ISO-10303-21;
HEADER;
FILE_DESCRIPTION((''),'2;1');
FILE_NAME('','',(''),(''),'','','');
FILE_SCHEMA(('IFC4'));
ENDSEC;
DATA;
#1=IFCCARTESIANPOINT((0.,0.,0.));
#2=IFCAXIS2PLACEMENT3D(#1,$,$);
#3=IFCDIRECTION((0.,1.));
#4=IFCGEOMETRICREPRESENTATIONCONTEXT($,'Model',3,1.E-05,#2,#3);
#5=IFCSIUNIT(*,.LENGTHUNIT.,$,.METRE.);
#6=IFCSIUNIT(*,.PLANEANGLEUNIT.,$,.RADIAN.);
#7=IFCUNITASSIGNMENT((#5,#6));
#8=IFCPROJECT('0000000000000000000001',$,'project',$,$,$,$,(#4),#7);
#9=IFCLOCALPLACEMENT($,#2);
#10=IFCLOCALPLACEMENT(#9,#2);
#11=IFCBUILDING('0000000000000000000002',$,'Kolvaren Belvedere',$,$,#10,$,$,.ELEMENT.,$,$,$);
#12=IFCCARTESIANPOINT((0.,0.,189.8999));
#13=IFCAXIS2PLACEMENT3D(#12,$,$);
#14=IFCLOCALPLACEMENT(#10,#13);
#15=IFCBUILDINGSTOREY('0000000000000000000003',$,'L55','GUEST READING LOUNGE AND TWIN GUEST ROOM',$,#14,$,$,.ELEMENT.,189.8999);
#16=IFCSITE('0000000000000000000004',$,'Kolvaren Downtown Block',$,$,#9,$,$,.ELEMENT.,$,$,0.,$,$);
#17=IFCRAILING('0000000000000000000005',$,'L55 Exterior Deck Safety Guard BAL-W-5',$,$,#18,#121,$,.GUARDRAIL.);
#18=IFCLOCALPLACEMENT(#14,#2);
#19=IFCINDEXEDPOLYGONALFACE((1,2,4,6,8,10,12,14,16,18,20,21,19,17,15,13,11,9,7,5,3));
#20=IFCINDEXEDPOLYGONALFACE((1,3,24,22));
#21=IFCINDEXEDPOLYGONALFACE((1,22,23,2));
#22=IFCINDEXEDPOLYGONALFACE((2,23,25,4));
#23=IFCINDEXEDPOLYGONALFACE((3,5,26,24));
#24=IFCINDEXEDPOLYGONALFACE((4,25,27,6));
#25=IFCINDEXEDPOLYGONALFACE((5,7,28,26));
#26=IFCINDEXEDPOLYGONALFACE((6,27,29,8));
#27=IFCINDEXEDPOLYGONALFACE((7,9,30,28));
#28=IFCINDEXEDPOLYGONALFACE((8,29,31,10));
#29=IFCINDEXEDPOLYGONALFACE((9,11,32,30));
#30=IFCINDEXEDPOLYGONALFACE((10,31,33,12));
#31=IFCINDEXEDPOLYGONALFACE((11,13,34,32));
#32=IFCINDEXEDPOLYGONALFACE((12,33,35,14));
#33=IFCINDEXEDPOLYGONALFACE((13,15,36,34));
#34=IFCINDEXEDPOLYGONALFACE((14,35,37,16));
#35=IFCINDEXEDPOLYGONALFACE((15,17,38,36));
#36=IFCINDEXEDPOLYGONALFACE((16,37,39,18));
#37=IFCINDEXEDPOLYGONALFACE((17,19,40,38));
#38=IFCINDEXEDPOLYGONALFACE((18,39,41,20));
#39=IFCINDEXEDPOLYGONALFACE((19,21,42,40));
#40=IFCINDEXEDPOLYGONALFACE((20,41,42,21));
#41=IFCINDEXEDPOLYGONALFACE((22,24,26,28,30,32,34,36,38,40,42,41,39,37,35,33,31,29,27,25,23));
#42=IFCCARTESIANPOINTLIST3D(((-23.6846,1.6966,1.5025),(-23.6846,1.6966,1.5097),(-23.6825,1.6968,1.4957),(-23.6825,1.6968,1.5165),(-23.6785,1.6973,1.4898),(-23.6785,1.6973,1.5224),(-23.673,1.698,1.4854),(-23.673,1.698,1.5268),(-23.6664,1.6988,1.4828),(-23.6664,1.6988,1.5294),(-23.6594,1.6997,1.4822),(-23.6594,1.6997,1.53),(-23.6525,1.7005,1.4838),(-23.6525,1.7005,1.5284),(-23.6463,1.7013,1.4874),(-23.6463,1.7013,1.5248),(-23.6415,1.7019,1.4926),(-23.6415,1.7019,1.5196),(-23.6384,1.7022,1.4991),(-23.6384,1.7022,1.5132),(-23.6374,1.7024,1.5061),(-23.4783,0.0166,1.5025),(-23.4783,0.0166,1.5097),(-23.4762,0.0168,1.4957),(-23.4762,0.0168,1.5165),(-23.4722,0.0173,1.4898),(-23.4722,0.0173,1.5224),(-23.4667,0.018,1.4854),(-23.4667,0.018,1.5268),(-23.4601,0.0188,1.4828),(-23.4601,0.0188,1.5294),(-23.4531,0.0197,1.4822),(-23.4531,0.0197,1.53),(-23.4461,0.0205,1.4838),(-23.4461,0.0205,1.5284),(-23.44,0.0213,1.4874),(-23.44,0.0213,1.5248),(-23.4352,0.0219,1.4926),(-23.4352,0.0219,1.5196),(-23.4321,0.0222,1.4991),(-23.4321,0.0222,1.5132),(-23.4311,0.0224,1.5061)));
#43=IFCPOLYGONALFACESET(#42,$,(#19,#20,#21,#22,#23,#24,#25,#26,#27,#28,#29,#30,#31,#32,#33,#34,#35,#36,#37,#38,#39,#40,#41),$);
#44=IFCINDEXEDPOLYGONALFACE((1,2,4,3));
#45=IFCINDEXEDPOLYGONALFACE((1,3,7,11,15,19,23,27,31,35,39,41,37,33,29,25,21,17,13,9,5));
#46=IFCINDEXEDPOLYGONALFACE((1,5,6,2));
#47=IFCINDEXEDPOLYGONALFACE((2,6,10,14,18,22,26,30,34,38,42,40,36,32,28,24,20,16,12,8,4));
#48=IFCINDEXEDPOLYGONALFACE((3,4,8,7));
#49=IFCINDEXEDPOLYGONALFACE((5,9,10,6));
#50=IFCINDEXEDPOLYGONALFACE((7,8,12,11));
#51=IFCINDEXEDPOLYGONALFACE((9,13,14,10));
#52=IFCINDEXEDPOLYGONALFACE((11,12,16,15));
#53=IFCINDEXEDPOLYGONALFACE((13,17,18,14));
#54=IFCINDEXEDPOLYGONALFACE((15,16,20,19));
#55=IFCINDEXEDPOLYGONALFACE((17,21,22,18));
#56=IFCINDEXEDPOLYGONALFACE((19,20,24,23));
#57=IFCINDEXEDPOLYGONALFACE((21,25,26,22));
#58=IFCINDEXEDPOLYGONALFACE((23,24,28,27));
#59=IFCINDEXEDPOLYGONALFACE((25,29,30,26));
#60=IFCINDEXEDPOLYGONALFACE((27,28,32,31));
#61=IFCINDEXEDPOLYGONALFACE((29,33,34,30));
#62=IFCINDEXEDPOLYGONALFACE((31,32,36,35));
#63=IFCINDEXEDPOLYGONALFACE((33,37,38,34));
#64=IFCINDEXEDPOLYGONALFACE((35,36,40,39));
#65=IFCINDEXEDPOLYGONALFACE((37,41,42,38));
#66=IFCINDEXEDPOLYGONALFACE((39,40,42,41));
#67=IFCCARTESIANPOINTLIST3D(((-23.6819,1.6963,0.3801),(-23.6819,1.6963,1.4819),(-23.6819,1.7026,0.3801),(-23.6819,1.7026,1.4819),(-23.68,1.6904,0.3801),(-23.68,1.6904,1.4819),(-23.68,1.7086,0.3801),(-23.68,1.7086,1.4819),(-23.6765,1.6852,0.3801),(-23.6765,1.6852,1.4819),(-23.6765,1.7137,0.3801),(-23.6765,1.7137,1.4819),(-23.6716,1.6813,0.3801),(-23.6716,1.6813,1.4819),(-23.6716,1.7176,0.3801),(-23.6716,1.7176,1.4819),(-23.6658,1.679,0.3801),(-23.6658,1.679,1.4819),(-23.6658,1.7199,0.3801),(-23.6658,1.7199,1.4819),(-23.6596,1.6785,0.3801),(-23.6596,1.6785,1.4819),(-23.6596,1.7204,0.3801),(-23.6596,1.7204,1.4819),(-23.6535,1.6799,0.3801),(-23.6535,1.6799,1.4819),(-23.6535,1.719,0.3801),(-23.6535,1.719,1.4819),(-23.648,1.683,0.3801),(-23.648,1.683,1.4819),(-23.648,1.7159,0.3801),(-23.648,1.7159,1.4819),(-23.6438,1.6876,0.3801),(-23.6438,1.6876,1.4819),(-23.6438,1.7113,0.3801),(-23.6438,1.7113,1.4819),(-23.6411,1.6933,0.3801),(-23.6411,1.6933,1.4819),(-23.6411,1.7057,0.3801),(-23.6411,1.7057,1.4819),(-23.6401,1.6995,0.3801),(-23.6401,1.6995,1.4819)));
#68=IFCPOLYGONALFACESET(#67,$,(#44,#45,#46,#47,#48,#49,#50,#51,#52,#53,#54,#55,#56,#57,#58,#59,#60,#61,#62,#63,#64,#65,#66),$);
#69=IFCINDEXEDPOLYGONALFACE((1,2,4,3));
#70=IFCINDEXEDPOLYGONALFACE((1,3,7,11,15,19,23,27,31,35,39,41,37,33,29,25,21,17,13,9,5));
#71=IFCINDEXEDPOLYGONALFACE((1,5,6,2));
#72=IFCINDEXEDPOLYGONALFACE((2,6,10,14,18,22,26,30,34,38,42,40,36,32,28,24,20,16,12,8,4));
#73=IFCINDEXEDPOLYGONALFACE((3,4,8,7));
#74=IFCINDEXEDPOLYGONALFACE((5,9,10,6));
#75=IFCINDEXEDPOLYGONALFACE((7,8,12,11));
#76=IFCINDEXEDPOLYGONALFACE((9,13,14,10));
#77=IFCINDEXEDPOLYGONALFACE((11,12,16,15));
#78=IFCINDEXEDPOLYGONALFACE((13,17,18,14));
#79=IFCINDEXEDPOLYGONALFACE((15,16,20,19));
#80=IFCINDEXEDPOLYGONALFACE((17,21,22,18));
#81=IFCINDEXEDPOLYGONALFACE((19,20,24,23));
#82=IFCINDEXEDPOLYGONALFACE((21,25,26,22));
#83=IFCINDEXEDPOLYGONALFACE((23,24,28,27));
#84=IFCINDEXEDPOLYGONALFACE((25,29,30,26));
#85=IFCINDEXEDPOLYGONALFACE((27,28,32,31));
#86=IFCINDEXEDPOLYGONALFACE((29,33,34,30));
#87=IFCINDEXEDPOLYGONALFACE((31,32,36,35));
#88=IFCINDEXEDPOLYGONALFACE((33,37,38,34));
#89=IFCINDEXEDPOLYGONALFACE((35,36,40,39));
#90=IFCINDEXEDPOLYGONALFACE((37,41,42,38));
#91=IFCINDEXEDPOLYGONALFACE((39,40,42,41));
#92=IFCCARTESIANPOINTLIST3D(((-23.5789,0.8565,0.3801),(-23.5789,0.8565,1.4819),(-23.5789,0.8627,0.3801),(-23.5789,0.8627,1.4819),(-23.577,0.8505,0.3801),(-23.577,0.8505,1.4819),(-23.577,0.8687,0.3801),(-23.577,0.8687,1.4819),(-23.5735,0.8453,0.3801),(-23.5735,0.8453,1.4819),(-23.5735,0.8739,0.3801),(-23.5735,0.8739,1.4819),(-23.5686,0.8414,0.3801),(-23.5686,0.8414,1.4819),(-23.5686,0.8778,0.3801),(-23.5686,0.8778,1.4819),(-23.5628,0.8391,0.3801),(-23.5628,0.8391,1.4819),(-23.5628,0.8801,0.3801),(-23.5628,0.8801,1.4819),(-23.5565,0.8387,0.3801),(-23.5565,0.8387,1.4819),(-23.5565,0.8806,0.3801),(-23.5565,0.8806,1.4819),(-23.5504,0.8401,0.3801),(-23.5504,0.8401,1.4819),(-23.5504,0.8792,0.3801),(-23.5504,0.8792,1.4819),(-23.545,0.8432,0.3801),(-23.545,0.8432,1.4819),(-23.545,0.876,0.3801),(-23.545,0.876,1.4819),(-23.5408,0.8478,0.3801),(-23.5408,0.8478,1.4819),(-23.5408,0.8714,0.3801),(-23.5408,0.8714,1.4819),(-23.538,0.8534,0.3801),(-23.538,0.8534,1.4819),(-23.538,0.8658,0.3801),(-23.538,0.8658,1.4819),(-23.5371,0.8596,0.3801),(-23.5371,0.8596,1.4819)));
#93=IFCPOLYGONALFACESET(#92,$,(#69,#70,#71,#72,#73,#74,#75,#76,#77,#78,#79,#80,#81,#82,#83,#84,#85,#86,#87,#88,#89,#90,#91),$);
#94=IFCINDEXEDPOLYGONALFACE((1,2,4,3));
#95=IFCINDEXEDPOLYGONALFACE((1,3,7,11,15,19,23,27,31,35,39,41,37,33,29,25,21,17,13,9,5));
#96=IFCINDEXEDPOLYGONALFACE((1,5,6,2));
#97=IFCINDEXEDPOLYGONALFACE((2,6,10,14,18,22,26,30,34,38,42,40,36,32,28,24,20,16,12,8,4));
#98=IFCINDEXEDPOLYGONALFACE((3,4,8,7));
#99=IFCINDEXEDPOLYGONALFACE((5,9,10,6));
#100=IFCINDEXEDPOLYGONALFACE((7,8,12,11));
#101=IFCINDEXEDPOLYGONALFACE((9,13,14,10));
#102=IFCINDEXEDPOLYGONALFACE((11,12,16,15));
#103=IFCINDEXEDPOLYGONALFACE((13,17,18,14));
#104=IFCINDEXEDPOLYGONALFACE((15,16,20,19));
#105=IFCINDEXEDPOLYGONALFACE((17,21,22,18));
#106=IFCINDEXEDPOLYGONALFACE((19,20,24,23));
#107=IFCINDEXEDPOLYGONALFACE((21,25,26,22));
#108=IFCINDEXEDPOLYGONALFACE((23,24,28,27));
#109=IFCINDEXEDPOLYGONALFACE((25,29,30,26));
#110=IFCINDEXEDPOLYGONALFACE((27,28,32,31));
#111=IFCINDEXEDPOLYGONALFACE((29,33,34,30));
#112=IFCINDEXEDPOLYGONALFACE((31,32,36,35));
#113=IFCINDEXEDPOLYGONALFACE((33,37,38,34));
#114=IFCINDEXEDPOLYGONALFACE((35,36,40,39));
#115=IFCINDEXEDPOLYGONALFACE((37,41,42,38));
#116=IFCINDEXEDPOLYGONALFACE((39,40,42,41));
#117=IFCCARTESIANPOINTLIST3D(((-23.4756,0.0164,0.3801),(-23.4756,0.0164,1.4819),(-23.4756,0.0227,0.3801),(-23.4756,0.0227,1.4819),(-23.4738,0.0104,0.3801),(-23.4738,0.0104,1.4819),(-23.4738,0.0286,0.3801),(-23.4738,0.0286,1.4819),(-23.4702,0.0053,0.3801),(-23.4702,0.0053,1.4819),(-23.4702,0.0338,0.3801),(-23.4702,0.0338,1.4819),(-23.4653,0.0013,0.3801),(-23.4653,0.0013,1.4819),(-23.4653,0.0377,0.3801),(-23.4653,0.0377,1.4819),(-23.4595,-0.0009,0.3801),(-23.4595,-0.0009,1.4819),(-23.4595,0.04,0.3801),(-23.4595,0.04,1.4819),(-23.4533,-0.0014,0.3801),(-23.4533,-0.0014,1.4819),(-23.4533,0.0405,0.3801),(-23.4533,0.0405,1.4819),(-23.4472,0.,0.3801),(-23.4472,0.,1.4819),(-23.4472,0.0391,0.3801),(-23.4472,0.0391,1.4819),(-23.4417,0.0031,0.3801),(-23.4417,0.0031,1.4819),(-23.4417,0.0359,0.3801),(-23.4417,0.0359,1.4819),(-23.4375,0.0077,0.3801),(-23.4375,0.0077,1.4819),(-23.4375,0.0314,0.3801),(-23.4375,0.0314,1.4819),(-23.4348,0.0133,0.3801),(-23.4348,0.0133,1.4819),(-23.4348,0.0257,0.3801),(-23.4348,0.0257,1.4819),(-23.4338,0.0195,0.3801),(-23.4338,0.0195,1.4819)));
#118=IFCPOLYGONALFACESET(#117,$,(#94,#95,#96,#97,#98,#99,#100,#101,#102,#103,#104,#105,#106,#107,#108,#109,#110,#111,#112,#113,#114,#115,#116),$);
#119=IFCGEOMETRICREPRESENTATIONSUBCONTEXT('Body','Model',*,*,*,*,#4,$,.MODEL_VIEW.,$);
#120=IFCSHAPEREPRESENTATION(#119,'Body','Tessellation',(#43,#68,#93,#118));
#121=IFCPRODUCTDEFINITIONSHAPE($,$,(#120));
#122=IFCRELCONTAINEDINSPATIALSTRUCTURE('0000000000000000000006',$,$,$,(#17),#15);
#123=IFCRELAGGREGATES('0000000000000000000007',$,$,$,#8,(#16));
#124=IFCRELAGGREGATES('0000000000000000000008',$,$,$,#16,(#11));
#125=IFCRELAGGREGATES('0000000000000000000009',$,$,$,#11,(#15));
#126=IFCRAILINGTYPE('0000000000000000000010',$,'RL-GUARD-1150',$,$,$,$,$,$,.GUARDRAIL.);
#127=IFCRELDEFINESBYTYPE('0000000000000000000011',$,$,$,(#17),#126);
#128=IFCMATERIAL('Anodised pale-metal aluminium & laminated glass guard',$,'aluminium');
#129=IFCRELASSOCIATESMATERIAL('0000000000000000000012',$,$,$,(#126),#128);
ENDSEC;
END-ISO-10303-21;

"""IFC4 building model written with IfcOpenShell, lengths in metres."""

from ifc_helpers import new_model, si_unit, direction, frame, origin, origin_2d, place, context, subcontext, project, spatial, circle, extrude, material, type_object, element, save


model = new_model("IFC4")

# Units and contexts
model_context = context("Model", 3, precision=1e-05, world=origin(), true_north=direction((0.0, 1.0)))
body_context = subcontext(model_context, "Body", "Model", "MODEL_VIEW")
ifc_project = project(units=[si_unit("LENGTHUNIT", "METRE"), si_unit("PLANEANGLEUNIT", "RADIAN")], contexts=[model_context])

# Site, building, storey
site_placement = place(None, origin())
site = spatial("IfcSite", under=ifc_project, at=site_placement, Name="Kolvaren Downtown Block", CompositionType="ELEMENT", RefElevation=0.0)
building_placement = place(site_placement, origin())
building = spatial("IfcBuilding", under=site, at=building_placement, Name="Kolvaren Belvedere", CompositionType="ELEMENT")
storey_placement = place(building_placement, frame((0.0, 0.0, 189.8999)))
storey = spatial("IfcBuildingStorey", under=building, at=storey_placement, Name="L55", Description="GUEST READING LOUNGE AND TWIN GUEST ROOM", CompositionType="ELEMENT", Elevation=189.8999)

# Railing
ifc_material_1 = material(Name="Anodised pale-metal aluminium & laminated glass guard", Category="aluminium")
railing_type = type_object("IfcRailingType", Name="RL-GUARD-1150", PredefinedType="GUARDRAIL", material=ifc_material_1)
railing_1_placement = place(storey_placement, frame((-23.6611, 1.6995, 0.3801)))
element("IfcRailing", 1, at=railing_1_placement, inside=storey, type_object=railing_type, Name="L55 Exterior Deck Safety Guard BAL-W-5", PredefinedType="GUARDRAIL", context=body_context, shape_type="SweptSolid", body=[
    extrude(circle(Radius=0.0239, at=origin_2d()), frame((0.0, 0.0, 1.126), z_axis=(0.121886, -0.992544, 0.0), x_axis=(0.992544, 0.121886, 0.0)), (0.0, 0.0, 1.0), 1.6926),
    extrude(circle(Radius=0.021, at=origin_2d()), origin(), (0.0, 0.0, 1.0), 1.1018),
    extrude(circle(Radius=0.021, at=origin_2d()), frame((0.103, -0.8398, 0.0)), (0.0, 0.0, 1.0), 1.1018),
    extrude(circle(Radius=0.021, at=origin_2d()), frame((0.2063, -1.6799, 0.0)), (0.0, 0.0, 1.0), 1.1018),
])

save(model, "model.ifc")
